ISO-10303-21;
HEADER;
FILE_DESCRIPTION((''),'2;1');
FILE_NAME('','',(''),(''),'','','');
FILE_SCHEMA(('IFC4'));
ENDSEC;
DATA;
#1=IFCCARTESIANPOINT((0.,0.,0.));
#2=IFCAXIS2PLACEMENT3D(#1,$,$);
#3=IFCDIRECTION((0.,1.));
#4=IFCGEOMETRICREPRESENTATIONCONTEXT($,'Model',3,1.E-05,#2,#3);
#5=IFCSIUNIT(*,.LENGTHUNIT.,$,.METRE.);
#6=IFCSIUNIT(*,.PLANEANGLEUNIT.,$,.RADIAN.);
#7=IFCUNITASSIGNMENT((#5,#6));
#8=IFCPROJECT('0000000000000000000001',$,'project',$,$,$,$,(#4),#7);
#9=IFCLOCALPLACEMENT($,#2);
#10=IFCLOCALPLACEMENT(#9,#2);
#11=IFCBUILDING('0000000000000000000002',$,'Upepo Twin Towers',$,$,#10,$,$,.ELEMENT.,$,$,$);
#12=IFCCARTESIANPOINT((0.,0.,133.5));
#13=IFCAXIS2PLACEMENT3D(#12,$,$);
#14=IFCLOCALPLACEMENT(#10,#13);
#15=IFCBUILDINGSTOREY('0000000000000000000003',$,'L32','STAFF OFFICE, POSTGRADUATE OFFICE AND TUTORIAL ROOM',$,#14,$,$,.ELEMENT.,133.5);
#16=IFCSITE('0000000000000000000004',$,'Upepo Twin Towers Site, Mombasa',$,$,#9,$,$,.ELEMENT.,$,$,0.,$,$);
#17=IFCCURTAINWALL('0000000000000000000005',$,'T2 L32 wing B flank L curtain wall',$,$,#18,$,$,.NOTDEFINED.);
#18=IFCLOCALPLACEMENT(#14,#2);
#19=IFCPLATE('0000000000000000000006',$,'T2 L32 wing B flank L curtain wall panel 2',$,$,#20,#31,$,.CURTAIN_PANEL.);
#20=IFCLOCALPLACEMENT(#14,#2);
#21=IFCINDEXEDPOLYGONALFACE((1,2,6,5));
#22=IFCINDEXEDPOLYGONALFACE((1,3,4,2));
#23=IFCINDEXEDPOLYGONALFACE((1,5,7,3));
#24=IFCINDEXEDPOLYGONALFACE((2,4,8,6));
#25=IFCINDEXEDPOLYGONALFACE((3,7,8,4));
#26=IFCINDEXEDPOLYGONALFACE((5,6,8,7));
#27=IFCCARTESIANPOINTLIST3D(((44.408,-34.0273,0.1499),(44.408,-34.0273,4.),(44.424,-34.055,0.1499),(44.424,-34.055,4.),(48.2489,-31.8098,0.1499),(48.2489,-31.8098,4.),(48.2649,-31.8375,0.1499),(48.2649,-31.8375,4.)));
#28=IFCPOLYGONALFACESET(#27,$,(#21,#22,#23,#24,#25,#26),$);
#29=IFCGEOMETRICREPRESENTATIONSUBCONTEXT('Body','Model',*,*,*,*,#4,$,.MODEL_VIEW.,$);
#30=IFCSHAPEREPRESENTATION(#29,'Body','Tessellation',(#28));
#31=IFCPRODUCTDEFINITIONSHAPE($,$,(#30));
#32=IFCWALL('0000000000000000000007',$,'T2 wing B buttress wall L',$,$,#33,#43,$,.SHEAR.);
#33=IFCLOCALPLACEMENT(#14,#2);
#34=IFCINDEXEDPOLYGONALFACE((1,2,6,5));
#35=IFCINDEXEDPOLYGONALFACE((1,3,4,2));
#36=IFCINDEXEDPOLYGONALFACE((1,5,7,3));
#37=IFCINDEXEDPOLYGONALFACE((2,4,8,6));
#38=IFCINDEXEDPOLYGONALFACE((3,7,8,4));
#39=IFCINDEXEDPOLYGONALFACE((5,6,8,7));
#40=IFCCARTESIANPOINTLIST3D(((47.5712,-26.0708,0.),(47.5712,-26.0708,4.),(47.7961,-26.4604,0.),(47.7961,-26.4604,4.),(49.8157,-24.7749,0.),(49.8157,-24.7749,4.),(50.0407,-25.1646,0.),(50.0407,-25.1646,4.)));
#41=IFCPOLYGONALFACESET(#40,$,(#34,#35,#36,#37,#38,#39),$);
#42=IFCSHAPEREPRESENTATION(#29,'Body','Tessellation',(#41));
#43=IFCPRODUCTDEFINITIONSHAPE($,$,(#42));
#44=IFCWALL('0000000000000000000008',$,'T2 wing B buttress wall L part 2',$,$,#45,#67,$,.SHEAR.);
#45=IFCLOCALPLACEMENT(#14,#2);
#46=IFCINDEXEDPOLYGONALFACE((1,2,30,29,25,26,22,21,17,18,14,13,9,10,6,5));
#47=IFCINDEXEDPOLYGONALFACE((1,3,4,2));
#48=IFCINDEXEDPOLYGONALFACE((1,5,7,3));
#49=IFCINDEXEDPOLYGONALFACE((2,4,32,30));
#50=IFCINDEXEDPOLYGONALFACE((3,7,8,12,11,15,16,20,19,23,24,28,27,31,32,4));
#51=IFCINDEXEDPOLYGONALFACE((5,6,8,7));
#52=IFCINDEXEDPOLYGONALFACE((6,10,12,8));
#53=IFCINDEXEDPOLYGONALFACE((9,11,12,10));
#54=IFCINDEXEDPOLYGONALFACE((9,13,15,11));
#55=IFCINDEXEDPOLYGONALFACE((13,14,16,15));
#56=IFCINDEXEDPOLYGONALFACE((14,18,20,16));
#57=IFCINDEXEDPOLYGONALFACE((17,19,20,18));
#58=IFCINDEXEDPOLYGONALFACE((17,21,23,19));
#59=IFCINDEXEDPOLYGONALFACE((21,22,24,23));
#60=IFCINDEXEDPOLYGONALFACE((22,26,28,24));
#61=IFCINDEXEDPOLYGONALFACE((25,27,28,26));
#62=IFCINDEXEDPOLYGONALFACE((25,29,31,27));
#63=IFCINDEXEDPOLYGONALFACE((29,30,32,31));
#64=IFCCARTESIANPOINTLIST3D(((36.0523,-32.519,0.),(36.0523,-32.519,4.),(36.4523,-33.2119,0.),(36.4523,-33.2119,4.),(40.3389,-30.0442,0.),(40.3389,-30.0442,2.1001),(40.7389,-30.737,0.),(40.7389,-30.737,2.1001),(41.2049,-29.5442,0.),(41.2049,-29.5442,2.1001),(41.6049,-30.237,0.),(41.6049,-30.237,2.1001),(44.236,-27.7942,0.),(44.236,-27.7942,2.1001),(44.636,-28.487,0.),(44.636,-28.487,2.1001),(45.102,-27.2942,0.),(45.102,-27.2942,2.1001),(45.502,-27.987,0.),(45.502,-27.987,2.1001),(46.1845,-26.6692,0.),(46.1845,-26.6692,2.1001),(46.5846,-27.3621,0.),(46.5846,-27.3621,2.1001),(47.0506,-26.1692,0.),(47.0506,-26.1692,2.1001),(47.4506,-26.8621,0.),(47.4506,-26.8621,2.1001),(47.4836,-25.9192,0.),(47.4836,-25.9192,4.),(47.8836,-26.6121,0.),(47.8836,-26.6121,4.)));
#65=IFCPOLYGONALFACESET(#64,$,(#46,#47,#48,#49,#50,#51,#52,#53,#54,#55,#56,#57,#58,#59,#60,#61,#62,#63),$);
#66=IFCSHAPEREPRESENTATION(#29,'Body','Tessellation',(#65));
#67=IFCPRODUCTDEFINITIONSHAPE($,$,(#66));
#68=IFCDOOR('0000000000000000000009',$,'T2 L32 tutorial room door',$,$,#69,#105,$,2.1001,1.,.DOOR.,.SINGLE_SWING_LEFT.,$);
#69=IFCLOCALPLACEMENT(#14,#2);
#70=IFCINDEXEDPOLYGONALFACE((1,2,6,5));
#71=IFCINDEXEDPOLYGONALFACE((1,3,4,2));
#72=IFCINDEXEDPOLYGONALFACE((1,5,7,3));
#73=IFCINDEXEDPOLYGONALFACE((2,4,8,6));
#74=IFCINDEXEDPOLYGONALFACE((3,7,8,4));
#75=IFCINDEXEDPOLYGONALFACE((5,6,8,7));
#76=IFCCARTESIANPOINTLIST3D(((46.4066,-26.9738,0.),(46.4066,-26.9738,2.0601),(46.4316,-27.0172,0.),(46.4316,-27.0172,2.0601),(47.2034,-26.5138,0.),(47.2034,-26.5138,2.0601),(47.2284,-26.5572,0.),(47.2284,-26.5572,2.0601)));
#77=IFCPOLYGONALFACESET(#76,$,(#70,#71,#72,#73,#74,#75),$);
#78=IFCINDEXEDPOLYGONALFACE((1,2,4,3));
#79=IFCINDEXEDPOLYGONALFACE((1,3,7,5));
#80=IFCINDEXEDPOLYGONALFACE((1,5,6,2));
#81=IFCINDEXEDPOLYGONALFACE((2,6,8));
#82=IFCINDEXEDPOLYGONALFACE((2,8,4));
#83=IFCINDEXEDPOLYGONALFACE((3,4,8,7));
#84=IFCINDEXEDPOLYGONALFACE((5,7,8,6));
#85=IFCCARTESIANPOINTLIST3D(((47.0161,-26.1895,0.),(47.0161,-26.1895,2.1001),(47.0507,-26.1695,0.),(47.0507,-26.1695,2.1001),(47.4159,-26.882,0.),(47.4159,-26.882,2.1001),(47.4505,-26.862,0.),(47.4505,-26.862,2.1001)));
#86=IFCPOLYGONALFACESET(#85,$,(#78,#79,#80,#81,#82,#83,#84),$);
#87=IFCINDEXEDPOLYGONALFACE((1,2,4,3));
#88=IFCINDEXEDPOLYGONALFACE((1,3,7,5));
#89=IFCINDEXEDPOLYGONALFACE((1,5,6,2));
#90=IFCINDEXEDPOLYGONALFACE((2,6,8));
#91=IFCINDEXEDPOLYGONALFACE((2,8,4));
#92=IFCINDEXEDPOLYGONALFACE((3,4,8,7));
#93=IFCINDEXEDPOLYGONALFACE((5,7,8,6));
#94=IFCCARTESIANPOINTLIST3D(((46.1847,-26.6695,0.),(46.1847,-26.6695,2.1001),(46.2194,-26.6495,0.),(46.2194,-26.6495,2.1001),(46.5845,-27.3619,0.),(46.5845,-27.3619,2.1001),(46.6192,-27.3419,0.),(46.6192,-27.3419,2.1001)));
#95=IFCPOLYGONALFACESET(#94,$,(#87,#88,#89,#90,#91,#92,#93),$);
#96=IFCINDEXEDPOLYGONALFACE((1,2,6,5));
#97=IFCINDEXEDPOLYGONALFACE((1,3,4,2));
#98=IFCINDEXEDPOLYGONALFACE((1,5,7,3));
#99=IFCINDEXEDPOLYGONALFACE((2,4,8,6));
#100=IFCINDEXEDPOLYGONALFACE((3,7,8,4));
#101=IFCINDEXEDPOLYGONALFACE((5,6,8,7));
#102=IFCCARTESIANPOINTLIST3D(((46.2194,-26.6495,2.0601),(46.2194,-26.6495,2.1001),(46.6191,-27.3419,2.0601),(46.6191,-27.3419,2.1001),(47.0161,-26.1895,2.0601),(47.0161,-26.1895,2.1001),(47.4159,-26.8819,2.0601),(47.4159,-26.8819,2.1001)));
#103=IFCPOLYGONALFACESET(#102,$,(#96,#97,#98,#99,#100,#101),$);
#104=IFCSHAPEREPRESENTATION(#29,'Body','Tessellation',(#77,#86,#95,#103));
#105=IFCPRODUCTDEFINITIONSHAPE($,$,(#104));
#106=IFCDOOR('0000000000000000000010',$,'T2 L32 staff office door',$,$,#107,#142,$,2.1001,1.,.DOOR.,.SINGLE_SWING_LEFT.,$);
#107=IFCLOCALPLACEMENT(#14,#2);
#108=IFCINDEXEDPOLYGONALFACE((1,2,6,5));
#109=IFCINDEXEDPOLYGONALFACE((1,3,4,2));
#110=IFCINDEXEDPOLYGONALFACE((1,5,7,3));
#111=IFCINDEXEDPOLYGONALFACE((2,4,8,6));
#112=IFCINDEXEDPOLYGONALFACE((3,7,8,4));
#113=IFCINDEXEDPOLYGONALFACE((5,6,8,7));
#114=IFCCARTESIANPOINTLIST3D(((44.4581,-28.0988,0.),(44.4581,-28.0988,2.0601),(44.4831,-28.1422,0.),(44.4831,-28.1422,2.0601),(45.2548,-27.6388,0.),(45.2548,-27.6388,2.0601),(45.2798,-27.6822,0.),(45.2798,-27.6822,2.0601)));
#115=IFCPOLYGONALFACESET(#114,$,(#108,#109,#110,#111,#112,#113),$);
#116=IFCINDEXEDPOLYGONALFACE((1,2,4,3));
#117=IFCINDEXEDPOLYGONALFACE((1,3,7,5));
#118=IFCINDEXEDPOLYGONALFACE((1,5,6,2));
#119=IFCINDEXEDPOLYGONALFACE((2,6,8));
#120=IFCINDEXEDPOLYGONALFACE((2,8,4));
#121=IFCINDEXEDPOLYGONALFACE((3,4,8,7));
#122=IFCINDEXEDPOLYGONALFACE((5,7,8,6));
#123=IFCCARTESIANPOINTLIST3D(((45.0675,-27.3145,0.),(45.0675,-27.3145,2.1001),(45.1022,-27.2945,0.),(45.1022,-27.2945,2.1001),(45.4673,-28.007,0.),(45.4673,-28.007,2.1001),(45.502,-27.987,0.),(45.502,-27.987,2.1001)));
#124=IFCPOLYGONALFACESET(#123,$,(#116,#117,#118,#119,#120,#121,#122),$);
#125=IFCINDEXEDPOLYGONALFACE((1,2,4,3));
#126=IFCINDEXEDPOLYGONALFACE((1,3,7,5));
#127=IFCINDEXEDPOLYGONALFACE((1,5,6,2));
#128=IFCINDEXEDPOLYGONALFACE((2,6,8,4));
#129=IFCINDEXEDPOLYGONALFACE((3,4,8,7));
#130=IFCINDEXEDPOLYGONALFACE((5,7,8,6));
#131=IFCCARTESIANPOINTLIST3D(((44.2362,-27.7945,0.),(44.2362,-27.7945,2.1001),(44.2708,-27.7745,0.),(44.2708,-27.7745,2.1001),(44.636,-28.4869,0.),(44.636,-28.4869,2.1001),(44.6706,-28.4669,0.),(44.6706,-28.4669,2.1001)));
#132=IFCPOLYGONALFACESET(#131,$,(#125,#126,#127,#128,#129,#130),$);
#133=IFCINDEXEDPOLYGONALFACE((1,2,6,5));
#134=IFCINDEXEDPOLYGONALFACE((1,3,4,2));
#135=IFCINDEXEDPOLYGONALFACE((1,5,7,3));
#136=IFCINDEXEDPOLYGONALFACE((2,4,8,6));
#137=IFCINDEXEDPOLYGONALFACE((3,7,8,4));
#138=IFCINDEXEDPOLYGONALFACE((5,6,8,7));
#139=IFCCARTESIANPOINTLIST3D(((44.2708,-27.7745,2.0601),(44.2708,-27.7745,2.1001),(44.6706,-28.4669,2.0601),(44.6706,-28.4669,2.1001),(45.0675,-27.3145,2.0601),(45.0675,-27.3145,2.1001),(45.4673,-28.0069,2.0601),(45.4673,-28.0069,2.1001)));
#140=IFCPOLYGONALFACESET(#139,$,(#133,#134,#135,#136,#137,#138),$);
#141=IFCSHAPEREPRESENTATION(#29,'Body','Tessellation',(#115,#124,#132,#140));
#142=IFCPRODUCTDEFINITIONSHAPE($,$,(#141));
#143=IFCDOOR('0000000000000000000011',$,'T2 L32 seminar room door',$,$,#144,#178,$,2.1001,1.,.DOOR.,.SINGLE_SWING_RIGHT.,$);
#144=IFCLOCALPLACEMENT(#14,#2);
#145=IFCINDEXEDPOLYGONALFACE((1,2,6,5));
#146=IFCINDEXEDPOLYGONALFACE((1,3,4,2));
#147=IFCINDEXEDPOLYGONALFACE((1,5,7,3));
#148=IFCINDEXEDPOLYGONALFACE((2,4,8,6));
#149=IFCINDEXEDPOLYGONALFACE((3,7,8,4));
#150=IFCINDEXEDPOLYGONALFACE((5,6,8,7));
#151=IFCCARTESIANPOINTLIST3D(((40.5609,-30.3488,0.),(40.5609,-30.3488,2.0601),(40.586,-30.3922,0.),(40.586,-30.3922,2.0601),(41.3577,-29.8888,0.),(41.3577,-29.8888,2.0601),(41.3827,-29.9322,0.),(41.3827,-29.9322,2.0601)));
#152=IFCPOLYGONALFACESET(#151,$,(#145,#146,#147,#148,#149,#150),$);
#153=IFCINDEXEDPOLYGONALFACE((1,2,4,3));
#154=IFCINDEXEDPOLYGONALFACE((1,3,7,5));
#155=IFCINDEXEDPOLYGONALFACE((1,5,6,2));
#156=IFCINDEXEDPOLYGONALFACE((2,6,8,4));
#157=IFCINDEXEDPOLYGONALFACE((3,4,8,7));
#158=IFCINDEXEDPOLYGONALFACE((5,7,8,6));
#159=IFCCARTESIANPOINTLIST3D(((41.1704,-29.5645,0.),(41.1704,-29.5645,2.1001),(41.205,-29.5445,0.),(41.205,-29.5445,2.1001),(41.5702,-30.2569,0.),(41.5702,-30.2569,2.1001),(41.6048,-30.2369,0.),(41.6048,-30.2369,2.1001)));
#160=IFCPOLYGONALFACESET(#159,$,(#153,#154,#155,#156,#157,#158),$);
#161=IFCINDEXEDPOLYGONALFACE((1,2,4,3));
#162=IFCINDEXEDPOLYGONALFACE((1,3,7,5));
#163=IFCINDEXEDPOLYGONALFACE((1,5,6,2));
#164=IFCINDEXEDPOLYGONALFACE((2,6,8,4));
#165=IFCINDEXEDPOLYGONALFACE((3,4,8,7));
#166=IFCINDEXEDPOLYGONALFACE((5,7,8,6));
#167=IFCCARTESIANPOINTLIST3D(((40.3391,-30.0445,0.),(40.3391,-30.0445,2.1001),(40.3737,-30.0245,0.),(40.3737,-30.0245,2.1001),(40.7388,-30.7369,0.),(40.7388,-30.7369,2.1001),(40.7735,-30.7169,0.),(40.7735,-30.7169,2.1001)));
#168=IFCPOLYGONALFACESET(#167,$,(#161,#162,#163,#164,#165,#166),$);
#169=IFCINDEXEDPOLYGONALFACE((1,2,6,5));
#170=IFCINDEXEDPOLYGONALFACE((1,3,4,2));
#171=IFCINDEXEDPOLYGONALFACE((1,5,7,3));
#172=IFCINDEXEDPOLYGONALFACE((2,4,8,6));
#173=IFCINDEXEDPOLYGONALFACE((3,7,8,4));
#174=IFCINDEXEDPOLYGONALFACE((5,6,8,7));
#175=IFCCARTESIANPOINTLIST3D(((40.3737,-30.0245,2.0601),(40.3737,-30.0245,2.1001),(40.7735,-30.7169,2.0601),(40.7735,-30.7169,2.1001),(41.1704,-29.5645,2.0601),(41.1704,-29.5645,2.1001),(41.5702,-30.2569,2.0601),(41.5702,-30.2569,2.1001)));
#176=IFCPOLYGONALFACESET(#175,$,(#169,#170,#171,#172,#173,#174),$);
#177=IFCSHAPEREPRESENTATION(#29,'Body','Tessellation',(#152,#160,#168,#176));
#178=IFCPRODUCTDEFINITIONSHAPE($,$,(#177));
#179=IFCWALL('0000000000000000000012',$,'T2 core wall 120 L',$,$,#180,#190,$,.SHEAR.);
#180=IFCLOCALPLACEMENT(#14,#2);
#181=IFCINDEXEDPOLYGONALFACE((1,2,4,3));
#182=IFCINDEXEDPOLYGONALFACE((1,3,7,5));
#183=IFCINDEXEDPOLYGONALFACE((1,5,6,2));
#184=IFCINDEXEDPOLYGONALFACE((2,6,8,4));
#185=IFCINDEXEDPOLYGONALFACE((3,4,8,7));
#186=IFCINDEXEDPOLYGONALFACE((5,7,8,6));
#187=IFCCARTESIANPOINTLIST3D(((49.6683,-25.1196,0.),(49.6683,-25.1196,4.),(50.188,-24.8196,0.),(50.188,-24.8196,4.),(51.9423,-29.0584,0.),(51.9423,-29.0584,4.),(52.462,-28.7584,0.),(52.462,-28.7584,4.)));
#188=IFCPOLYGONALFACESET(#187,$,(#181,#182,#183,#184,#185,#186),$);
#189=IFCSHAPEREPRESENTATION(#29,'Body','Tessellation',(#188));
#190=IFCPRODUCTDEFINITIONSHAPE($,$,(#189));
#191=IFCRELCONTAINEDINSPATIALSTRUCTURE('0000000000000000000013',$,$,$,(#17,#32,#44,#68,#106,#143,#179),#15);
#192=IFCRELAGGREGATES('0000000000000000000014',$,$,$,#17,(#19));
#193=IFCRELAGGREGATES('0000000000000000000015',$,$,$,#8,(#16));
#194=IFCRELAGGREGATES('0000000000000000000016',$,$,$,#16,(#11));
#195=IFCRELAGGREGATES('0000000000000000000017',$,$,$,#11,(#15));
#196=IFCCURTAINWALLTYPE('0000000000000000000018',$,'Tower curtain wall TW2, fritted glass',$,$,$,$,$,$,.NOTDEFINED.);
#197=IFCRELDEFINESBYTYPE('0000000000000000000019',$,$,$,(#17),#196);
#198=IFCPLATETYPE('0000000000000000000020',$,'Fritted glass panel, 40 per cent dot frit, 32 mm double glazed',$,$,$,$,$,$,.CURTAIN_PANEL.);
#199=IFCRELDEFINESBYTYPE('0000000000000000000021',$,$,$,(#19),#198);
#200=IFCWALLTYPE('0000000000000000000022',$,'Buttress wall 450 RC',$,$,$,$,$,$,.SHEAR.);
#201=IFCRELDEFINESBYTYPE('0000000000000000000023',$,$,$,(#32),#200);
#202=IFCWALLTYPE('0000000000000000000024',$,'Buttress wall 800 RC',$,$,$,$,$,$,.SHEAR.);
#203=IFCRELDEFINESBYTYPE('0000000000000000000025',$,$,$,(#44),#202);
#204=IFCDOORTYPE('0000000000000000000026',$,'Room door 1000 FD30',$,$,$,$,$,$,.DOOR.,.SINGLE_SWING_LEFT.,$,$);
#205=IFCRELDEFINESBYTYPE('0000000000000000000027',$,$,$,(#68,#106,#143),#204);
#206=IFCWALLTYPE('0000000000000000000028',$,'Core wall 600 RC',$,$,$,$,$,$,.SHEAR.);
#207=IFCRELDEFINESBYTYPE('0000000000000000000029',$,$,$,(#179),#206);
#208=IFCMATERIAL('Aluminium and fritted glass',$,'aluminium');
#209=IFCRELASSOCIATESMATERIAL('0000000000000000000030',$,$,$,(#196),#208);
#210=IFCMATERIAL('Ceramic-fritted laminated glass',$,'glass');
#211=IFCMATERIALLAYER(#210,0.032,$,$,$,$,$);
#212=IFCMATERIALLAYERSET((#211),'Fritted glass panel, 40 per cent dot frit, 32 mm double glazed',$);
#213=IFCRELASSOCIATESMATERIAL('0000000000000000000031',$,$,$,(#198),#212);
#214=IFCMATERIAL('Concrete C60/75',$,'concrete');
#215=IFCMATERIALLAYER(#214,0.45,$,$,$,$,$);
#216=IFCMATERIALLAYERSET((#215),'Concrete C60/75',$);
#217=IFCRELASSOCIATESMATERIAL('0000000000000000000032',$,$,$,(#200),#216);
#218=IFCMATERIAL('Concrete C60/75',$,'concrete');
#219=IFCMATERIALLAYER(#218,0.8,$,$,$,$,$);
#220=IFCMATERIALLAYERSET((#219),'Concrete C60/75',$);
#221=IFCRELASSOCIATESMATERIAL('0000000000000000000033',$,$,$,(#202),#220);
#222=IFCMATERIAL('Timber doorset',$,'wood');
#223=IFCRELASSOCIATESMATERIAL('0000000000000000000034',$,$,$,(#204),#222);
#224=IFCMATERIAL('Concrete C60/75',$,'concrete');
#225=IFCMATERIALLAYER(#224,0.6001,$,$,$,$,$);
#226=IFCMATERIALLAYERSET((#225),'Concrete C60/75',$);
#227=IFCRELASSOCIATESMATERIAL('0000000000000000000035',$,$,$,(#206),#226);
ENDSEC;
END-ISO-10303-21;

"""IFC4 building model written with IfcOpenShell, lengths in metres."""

from ifc_helpers import new_model, si_unit, direction, frame, frame_2d, origin, origin_2d, place, context, subcontext, project, spatial, rectangle, extrude, material, layer, layer_set, type_object, element, fill, aggregate, save


model = new_model("IFC4")

# Units and contexts
model_context = context("Model", 3, precision=1e-05, world=origin(), true_north=direction((0.0, 1.0)))
body_context = subcontext(model_context, "Body", "Model", "MODEL_VIEW")
ifc_project = project(units=[si_unit("LENGTHUNIT", "METRE"), si_unit("PLANEANGLEUNIT", "RADIAN")], contexts=[model_context])

# Site, building, storey
site_placement = place(None, origin())
site = spatial("IfcSite", under=ifc_project, at=site_placement, Name="Upepo Twin Towers Site, Mombasa", CompositionType="ELEMENT", RefElevation=0.0)
building_placement = place(site_placement, origin())
building = spatial("IfcBuilding", under=site, at=building_placement, Name="Upepo Twin Towers", CompositionType="ELEMENT")
storey_placement = place(building_placement, frame((0.0, 0.0, 133.5)))
storey = spatial("IfcBuildingStorey", under=building, at=storey_placement, Name="L32", Description="STAFF OFFICE, POSTGRADUATE OFFICE AND TUTORIAL ROOM", CompositionType="ELEMENT", Elevation=133.5)

# Curtain wall, plate
ifc_material_1 = material(Name="Aluminium and fritted glass", Category="aluminium")
curtain_wall_type = type_object("IfcCurtainWallType", Name="Tower curtain wall TW2, fritted glass", PredefinedType="NOTDEFINED", material=ifc_material_1)
curtain_wall_placement = place(storey_placement, origin())
curtain_wall = element("IfcCurtainWall", 1, at=curtain_wall_placement, inside=storey, type_object=curtain_wall_type, Name="T2 L32 wing B flank L curtain wall", PredefinedType="NOTDEFINED")
ifc_material_2 = material(Name="Ceramic-fritted laminated glass", Category="glass")
ifc_layer_1 = layer(ifc_material_2, 0.032)
ifc_layer_set_1 = layer_set([ifc_layer_1], Name="Fritted glass panel, 40 per cent dot frit, 32 mm double glazed")
plate_type = type_object("IfcPlateType", Name="Fritted glass panel, 40 per cent dot frit, 32 mm double glazed", PredefinedType="CURTAIN_PANEL", material=ifc_layer_set_1)
plate_1_placement = place(storey_placement, frame((46.3364, -32.9324, 0.1499), z_axis=(0.0, 0.0, 1.0), x_axis=(-0.866025, -0.5, 0.0)))
plate_1 = element("IfcPlate", 2, at=plate_1_placement, type_object=plate_type, Name="T2 L32 wing B flank L curtain wall panel 2", PredefinedType="CURTAIN_PANEL", context=body_context, shape_type="SweptSolid", body=[
    extrude(rectangle(XDim=4.4351, YDim=0.032, at=origin_2d()), origin(), (0.0, 0.0, 1.0), 3.8501),
])
aggregate(curtain_wall, [plate_1])

# Wall
ifc_material_3 = material(Name="Concrete C60/75", Category="concrete")
ifc_layer_2 = layer(ifc_material_3, 0.45)
ifc_layer_set_2 = layer_set([ifc_layer_2], Name="Concrete C60/75")
wall_type_1 = type_object("IfcWallType", Name="Buttress wall 450 RC", PredefinedType="SHEAR", material=ifc_layer_set_2)
wall_1_placement = place(storey_placement, frame((49.9282, -24.9697, 0.0), z_axis=(0.0, 0.0, 1.0), x_axis=(-0.866032, -0.499989, 0.0)))
element("IfcWall", 3, at=wall_1_placement, inside=storey, type_object=wall_type_1, Name="T2 wing B buttress wall L", PredefinedType="SHEAR", context=body_context, shape_type="SweptSolid", body=[
    extrude(rectangle(XDim=2.5918, YDim=0.45, at=frame_2d((1.2959, 0.0))), origin(), (0.0, 0.0, 1.0), 4.0),
])

# Wall, openings, doors
ifc_material_4 = material(Name="Concrete C60/75", Category="concrete")
ifc_layer_3 = layer(ifc_material_4, 0.8)
ifc_layer_set_3 = layer_set([ifc_layer_3], Name="Concrete C60/75")
wall_type_2 = type_object("IfcWallType", Name="Buttress wall 800 RC", PredefinedType="SHEAR", material=ifc_layer_set_3)
wall_2_placement = place(storey_placement, frame((47.6836, -26.2656, 0.0), z_axis=(0.0, 0.0, 1.0), x_axis=(-0.866028, -0.499996, 0.0)))
wall_2 = element("IfcWall", 4, at=wall_2_placement, inside=storey, type_object=wall_type_2, Name="T2 wing B buttress wall L part 2", PredefinedType="SHEAR", context=body_context, shape_type="SweptSolid", body=[
    extrude(rectangle(XDim=13.1997, YDim=0.8, at=frame_2d((6.5999, 0.0))), origin(), (0.0, 0.0, 1.0), 4.0),
])
opening_1_placement = place(wall_2_placement, frame((0.5, 0.0, 0.0)))
opening_1 = element("IfcOpeningElement", 5, at=opening_1_placement, cuts=wall_2, PredefinedType="OPENING", context=body_context, shape_type="SweptSolid", body=[
    extrude(rectangle(XDim=1.0, YDim=2.1001, at=frame_2d((0.5, 1.05))), frame((0.0, 0.4099, 0.0), z_axis=(0.0, -1.0, 0.0), x_axis=(1.0, 0.0, 0.0)), (0.0, 0.0, 1.0), 0.8201),
])
opening_2_placement = place(wall_2_placement, frame((2.75, 0.0, 0.0)))
opening_2 = element("IfcOpeningElement", 6, at=opening_2_placement, cuts=wall_2, PredefinedType="OPENING", context=body_context, shape_type="SweptSolid", body=[
    extrude(rectangle(XDim=1.0, YDim=2.1001, at=frame_2d((0.5, 1.05))), frame((0.0, 0.4099, 0.0), z_axis=(0.0, -1.0, 0.0), x_axis=(1.0, 0.0, 0.0)), (0.0, 0.0, 1.0), 0.8201),
])
opening_3_placement = place(wall_2_placement, frame((7.25, 0.0, 0.0)))
opening_3 = element("IfcOpeningElement", 7, at=opening_3_placement, cuts=wall_2, PredefinedType="OPENING", context=body_context, shape_type="SweptSolid", body=[
    extrude(rectangle(XDim=1.0, YDim=2.1001, at=frame_2d((0.5, 1.05))), frame((0.0, 0.4099, 0.0), z_axis=(0.0, -1.0, 0.0), x_axis=(1.0, 0.0, 0.0)), (0.0, 0.0, 1.0), 0.8201),
])
ifc_material_5 = material(Name="Timber doorset", Category="wood")
door_type_1 = type_object("IfcDoorType", Name="Room door 1000 FD30", OperationType="SINGLE_SWING_LEFT", PredefinedType="DOOR", material=ifc_material_5)
door_1_placement = place(opening_1_placement, origin())
door_1 = element("IfcDoor", 8, at=door_1_placement, inside=storey, type_object=door_type_1, Name="T2 L32 tutorial room door", OperationType="SINGLE_SWING_LEFT", OverallHeight=2.1001, OverallWidth=1.0, PredefinedType="DOOR", context=body_context, shape_type="SweptSolid", body=[
    extrude(rectangle(XDim=0.92, YDim=2.0601, at=frame_2d((0.5, 1.03))), frame((0.0, 0.0249, 0.0), z_axis=(0.0, -1.0, 0.0), x_axis=(1.0, 0.0, 0.0)), (0.0, 0.0, 1.0), 0.05),
    extrude(rectangle(XDim=0.04, YDim=2.1001, at=frame_2d((0.02, 1.05))), frame((0.0, 0.3999, 0.0), z_axis=(0.0, -1.0, 0.0), x_axis=(1.0, 0.0, 0.0)), (0.0, 0.0, 1.0), 0.7996),
    extrude(rectangle(XDim=0.04, YDim=2.1001, at=frame_2d((0.98, 1.05))), frame((0.0, 0.3999, 0.0), z_axis=(0.0, -1.0, 0.0), x_axis=(1.0, 0.0, 0.0)), (0.0, 0.0, 1.0), 0.7996),
    extrude(rectangle(XDim=0.92, YDim=0.04, at=frame_2d((0.5, 2.0801))), frame((0.0, 0.3999, 0.0), z_axis=(0.0, -1.0, 0.0), x_axis=(1.0, 0.0, 0.0)), (0.0, 0.0, 1.0), 0.7996),
])
fill(opening_1, door_1)
door_2_placement = place(opening_2_placement, origin())
door_2 = element("IfcDoor", 9, at=door_2_placement, inside=storey, type_object=door_type_1, Name="T2 L32 staff office door", OperationType="SINGLE_SWING_LEFT", OverallHeight=2.1001, OverallWidth=1.0, PredefinedType="DOOR", context=body_context, shape_type="SweptSolid", body=[
    extrude(rectangle(XDim=0.92, YDim=2.0601, at=frame_2d((0.5, 1.03))), frame((0.0, 0.0249, 0.0), z_axis=(0.0, -1.0, 0.0), x_axis=(1.0, 0.0, 0.0)), (0.0, 0.0, 1.0), 0.05),
    extrude(rectangle(XDim=0.04, YDim=2.1001, at=frame_2d((0.02, 1.05))), frame((0.0, 0.3999, 0.0), z_axis=(0.0, -1.0, 0.0), x_axis=(1.0, 0.0, 0.0)), (0.0, 0.0, 1.0), 0.7996),
    extrude(rectangle(XDim=0.04, YDim=2.1001, at=frame_2d((0.98, 1.05))), frame((0.0, 0.3999, 0.0), z_axis=(0.0, -1.0, 0.0), x_axis=(1.0, 0.0, 0.0)), (0.0, 0.0, 1.0), 0.7996),
    extrude(rectangle(XDim=0.92, YDim=0.04, at=frame_2d((0.5, 2.0801))), frame((0.0, 0.3999, 0.0), z_axis=(0.0, -1.0, 0.0), x_axis=(1.0, 0.0, 0.0)), (0.0, 0.0, 1.0), 0.7996),
])
fill(opening_2, door_2)
door_3_placement = place(opening_3_placement, origin())
door_3 = element("IfcDoor", 10, at=door_3_placement, inside=storey, type_object=door_type_1, Name="T2 L32 seminar room door", OperationType="SINGLE_SWING_RIGHT", OverallHeight=2.1001, OverallWidth=1.0, PredefinedType="DOOR", context=body_context, shape_type="SweptSolid", body=[
    extrude(rectangle(XDim=0.92, YDim=2.0601, at=frame_2d((0.5, 1.03))), frame((0.0, 0.0249, 0.0), z_axis=(0.0, -1.0, 0.0), x_axis=(1.0, 0.0, 0.0)), (0.0, 0.0, 1.0), 0.05),
    extrude(rectangle(XDim=0.04, YDim=2.1001, at=frame_2d((0.02, 1.05))), frame((0.0, 0.3999, 0.0), z_axis=(0.0, -1.0, 0.0), x_axis=(1.0, 0.0, 0.0)), (0.0, 0.0, 1.0), 0.7996),
    extrude(rectangle(XDim=0.04, YDim=2.1001, at=frame_2d((0.98, 1.05))), frame((0.0, 0.3999, 0.0), z_axis=(0.0, -1.0, 0.0), x_axis=(1.0, 0.0, 0.0)), (0.0, 0.0, 1.0), 0.7996),
    extrude(rectangle(XDim=0.92, YDim=0.04, at=frame_2d((0.5, 2.0801))), frame((0.0, 0.3999, 0.0), z_axis=(0.0, -1.0, 0.0), x_axis=(1.0, 0.0, 0.0)), (0.0, 0.0, 1.0), 0.7996),
])
fill(opening_3, door_3)

# Wall
ifc_material_6 = material(Name="Concrete C60/75", Category="concrete")
ifc_layer_4 = layer(ifc_material_6, 0.6001)
ifc_layer_set_4 = layer_set([ifc_layer_4], Name="Concrete C60/75")
wall_type_3 = type_object("IfcWallType", Name="Core wall 600 RC", PredefinedType="SHEAR", material=ifc_layer_set_4)
wall_3_placement = place(storey_placement, frame((49.9282, -24.9697, 0.0), z_axis=(0.0, 0.0, 1.0), x_axis=(0.499984, -0.866035, 0.0)))
element("IfcWall", 11, at=wall_3_placement, inside=storey, type_object=wall_type_3, Name="T2 core wall 120 L", PredefinedType="SHEAR", context=body_context, shape_type="SweptSolid", body=[
    extrude(rectangle(XDim=4.5481, YDim=0.6001, at=frame_2d((2.2739, 0.0))), origin(), (0.0, 0.0, 1.0), 4.0),
])

save(model, "model.ifc")
